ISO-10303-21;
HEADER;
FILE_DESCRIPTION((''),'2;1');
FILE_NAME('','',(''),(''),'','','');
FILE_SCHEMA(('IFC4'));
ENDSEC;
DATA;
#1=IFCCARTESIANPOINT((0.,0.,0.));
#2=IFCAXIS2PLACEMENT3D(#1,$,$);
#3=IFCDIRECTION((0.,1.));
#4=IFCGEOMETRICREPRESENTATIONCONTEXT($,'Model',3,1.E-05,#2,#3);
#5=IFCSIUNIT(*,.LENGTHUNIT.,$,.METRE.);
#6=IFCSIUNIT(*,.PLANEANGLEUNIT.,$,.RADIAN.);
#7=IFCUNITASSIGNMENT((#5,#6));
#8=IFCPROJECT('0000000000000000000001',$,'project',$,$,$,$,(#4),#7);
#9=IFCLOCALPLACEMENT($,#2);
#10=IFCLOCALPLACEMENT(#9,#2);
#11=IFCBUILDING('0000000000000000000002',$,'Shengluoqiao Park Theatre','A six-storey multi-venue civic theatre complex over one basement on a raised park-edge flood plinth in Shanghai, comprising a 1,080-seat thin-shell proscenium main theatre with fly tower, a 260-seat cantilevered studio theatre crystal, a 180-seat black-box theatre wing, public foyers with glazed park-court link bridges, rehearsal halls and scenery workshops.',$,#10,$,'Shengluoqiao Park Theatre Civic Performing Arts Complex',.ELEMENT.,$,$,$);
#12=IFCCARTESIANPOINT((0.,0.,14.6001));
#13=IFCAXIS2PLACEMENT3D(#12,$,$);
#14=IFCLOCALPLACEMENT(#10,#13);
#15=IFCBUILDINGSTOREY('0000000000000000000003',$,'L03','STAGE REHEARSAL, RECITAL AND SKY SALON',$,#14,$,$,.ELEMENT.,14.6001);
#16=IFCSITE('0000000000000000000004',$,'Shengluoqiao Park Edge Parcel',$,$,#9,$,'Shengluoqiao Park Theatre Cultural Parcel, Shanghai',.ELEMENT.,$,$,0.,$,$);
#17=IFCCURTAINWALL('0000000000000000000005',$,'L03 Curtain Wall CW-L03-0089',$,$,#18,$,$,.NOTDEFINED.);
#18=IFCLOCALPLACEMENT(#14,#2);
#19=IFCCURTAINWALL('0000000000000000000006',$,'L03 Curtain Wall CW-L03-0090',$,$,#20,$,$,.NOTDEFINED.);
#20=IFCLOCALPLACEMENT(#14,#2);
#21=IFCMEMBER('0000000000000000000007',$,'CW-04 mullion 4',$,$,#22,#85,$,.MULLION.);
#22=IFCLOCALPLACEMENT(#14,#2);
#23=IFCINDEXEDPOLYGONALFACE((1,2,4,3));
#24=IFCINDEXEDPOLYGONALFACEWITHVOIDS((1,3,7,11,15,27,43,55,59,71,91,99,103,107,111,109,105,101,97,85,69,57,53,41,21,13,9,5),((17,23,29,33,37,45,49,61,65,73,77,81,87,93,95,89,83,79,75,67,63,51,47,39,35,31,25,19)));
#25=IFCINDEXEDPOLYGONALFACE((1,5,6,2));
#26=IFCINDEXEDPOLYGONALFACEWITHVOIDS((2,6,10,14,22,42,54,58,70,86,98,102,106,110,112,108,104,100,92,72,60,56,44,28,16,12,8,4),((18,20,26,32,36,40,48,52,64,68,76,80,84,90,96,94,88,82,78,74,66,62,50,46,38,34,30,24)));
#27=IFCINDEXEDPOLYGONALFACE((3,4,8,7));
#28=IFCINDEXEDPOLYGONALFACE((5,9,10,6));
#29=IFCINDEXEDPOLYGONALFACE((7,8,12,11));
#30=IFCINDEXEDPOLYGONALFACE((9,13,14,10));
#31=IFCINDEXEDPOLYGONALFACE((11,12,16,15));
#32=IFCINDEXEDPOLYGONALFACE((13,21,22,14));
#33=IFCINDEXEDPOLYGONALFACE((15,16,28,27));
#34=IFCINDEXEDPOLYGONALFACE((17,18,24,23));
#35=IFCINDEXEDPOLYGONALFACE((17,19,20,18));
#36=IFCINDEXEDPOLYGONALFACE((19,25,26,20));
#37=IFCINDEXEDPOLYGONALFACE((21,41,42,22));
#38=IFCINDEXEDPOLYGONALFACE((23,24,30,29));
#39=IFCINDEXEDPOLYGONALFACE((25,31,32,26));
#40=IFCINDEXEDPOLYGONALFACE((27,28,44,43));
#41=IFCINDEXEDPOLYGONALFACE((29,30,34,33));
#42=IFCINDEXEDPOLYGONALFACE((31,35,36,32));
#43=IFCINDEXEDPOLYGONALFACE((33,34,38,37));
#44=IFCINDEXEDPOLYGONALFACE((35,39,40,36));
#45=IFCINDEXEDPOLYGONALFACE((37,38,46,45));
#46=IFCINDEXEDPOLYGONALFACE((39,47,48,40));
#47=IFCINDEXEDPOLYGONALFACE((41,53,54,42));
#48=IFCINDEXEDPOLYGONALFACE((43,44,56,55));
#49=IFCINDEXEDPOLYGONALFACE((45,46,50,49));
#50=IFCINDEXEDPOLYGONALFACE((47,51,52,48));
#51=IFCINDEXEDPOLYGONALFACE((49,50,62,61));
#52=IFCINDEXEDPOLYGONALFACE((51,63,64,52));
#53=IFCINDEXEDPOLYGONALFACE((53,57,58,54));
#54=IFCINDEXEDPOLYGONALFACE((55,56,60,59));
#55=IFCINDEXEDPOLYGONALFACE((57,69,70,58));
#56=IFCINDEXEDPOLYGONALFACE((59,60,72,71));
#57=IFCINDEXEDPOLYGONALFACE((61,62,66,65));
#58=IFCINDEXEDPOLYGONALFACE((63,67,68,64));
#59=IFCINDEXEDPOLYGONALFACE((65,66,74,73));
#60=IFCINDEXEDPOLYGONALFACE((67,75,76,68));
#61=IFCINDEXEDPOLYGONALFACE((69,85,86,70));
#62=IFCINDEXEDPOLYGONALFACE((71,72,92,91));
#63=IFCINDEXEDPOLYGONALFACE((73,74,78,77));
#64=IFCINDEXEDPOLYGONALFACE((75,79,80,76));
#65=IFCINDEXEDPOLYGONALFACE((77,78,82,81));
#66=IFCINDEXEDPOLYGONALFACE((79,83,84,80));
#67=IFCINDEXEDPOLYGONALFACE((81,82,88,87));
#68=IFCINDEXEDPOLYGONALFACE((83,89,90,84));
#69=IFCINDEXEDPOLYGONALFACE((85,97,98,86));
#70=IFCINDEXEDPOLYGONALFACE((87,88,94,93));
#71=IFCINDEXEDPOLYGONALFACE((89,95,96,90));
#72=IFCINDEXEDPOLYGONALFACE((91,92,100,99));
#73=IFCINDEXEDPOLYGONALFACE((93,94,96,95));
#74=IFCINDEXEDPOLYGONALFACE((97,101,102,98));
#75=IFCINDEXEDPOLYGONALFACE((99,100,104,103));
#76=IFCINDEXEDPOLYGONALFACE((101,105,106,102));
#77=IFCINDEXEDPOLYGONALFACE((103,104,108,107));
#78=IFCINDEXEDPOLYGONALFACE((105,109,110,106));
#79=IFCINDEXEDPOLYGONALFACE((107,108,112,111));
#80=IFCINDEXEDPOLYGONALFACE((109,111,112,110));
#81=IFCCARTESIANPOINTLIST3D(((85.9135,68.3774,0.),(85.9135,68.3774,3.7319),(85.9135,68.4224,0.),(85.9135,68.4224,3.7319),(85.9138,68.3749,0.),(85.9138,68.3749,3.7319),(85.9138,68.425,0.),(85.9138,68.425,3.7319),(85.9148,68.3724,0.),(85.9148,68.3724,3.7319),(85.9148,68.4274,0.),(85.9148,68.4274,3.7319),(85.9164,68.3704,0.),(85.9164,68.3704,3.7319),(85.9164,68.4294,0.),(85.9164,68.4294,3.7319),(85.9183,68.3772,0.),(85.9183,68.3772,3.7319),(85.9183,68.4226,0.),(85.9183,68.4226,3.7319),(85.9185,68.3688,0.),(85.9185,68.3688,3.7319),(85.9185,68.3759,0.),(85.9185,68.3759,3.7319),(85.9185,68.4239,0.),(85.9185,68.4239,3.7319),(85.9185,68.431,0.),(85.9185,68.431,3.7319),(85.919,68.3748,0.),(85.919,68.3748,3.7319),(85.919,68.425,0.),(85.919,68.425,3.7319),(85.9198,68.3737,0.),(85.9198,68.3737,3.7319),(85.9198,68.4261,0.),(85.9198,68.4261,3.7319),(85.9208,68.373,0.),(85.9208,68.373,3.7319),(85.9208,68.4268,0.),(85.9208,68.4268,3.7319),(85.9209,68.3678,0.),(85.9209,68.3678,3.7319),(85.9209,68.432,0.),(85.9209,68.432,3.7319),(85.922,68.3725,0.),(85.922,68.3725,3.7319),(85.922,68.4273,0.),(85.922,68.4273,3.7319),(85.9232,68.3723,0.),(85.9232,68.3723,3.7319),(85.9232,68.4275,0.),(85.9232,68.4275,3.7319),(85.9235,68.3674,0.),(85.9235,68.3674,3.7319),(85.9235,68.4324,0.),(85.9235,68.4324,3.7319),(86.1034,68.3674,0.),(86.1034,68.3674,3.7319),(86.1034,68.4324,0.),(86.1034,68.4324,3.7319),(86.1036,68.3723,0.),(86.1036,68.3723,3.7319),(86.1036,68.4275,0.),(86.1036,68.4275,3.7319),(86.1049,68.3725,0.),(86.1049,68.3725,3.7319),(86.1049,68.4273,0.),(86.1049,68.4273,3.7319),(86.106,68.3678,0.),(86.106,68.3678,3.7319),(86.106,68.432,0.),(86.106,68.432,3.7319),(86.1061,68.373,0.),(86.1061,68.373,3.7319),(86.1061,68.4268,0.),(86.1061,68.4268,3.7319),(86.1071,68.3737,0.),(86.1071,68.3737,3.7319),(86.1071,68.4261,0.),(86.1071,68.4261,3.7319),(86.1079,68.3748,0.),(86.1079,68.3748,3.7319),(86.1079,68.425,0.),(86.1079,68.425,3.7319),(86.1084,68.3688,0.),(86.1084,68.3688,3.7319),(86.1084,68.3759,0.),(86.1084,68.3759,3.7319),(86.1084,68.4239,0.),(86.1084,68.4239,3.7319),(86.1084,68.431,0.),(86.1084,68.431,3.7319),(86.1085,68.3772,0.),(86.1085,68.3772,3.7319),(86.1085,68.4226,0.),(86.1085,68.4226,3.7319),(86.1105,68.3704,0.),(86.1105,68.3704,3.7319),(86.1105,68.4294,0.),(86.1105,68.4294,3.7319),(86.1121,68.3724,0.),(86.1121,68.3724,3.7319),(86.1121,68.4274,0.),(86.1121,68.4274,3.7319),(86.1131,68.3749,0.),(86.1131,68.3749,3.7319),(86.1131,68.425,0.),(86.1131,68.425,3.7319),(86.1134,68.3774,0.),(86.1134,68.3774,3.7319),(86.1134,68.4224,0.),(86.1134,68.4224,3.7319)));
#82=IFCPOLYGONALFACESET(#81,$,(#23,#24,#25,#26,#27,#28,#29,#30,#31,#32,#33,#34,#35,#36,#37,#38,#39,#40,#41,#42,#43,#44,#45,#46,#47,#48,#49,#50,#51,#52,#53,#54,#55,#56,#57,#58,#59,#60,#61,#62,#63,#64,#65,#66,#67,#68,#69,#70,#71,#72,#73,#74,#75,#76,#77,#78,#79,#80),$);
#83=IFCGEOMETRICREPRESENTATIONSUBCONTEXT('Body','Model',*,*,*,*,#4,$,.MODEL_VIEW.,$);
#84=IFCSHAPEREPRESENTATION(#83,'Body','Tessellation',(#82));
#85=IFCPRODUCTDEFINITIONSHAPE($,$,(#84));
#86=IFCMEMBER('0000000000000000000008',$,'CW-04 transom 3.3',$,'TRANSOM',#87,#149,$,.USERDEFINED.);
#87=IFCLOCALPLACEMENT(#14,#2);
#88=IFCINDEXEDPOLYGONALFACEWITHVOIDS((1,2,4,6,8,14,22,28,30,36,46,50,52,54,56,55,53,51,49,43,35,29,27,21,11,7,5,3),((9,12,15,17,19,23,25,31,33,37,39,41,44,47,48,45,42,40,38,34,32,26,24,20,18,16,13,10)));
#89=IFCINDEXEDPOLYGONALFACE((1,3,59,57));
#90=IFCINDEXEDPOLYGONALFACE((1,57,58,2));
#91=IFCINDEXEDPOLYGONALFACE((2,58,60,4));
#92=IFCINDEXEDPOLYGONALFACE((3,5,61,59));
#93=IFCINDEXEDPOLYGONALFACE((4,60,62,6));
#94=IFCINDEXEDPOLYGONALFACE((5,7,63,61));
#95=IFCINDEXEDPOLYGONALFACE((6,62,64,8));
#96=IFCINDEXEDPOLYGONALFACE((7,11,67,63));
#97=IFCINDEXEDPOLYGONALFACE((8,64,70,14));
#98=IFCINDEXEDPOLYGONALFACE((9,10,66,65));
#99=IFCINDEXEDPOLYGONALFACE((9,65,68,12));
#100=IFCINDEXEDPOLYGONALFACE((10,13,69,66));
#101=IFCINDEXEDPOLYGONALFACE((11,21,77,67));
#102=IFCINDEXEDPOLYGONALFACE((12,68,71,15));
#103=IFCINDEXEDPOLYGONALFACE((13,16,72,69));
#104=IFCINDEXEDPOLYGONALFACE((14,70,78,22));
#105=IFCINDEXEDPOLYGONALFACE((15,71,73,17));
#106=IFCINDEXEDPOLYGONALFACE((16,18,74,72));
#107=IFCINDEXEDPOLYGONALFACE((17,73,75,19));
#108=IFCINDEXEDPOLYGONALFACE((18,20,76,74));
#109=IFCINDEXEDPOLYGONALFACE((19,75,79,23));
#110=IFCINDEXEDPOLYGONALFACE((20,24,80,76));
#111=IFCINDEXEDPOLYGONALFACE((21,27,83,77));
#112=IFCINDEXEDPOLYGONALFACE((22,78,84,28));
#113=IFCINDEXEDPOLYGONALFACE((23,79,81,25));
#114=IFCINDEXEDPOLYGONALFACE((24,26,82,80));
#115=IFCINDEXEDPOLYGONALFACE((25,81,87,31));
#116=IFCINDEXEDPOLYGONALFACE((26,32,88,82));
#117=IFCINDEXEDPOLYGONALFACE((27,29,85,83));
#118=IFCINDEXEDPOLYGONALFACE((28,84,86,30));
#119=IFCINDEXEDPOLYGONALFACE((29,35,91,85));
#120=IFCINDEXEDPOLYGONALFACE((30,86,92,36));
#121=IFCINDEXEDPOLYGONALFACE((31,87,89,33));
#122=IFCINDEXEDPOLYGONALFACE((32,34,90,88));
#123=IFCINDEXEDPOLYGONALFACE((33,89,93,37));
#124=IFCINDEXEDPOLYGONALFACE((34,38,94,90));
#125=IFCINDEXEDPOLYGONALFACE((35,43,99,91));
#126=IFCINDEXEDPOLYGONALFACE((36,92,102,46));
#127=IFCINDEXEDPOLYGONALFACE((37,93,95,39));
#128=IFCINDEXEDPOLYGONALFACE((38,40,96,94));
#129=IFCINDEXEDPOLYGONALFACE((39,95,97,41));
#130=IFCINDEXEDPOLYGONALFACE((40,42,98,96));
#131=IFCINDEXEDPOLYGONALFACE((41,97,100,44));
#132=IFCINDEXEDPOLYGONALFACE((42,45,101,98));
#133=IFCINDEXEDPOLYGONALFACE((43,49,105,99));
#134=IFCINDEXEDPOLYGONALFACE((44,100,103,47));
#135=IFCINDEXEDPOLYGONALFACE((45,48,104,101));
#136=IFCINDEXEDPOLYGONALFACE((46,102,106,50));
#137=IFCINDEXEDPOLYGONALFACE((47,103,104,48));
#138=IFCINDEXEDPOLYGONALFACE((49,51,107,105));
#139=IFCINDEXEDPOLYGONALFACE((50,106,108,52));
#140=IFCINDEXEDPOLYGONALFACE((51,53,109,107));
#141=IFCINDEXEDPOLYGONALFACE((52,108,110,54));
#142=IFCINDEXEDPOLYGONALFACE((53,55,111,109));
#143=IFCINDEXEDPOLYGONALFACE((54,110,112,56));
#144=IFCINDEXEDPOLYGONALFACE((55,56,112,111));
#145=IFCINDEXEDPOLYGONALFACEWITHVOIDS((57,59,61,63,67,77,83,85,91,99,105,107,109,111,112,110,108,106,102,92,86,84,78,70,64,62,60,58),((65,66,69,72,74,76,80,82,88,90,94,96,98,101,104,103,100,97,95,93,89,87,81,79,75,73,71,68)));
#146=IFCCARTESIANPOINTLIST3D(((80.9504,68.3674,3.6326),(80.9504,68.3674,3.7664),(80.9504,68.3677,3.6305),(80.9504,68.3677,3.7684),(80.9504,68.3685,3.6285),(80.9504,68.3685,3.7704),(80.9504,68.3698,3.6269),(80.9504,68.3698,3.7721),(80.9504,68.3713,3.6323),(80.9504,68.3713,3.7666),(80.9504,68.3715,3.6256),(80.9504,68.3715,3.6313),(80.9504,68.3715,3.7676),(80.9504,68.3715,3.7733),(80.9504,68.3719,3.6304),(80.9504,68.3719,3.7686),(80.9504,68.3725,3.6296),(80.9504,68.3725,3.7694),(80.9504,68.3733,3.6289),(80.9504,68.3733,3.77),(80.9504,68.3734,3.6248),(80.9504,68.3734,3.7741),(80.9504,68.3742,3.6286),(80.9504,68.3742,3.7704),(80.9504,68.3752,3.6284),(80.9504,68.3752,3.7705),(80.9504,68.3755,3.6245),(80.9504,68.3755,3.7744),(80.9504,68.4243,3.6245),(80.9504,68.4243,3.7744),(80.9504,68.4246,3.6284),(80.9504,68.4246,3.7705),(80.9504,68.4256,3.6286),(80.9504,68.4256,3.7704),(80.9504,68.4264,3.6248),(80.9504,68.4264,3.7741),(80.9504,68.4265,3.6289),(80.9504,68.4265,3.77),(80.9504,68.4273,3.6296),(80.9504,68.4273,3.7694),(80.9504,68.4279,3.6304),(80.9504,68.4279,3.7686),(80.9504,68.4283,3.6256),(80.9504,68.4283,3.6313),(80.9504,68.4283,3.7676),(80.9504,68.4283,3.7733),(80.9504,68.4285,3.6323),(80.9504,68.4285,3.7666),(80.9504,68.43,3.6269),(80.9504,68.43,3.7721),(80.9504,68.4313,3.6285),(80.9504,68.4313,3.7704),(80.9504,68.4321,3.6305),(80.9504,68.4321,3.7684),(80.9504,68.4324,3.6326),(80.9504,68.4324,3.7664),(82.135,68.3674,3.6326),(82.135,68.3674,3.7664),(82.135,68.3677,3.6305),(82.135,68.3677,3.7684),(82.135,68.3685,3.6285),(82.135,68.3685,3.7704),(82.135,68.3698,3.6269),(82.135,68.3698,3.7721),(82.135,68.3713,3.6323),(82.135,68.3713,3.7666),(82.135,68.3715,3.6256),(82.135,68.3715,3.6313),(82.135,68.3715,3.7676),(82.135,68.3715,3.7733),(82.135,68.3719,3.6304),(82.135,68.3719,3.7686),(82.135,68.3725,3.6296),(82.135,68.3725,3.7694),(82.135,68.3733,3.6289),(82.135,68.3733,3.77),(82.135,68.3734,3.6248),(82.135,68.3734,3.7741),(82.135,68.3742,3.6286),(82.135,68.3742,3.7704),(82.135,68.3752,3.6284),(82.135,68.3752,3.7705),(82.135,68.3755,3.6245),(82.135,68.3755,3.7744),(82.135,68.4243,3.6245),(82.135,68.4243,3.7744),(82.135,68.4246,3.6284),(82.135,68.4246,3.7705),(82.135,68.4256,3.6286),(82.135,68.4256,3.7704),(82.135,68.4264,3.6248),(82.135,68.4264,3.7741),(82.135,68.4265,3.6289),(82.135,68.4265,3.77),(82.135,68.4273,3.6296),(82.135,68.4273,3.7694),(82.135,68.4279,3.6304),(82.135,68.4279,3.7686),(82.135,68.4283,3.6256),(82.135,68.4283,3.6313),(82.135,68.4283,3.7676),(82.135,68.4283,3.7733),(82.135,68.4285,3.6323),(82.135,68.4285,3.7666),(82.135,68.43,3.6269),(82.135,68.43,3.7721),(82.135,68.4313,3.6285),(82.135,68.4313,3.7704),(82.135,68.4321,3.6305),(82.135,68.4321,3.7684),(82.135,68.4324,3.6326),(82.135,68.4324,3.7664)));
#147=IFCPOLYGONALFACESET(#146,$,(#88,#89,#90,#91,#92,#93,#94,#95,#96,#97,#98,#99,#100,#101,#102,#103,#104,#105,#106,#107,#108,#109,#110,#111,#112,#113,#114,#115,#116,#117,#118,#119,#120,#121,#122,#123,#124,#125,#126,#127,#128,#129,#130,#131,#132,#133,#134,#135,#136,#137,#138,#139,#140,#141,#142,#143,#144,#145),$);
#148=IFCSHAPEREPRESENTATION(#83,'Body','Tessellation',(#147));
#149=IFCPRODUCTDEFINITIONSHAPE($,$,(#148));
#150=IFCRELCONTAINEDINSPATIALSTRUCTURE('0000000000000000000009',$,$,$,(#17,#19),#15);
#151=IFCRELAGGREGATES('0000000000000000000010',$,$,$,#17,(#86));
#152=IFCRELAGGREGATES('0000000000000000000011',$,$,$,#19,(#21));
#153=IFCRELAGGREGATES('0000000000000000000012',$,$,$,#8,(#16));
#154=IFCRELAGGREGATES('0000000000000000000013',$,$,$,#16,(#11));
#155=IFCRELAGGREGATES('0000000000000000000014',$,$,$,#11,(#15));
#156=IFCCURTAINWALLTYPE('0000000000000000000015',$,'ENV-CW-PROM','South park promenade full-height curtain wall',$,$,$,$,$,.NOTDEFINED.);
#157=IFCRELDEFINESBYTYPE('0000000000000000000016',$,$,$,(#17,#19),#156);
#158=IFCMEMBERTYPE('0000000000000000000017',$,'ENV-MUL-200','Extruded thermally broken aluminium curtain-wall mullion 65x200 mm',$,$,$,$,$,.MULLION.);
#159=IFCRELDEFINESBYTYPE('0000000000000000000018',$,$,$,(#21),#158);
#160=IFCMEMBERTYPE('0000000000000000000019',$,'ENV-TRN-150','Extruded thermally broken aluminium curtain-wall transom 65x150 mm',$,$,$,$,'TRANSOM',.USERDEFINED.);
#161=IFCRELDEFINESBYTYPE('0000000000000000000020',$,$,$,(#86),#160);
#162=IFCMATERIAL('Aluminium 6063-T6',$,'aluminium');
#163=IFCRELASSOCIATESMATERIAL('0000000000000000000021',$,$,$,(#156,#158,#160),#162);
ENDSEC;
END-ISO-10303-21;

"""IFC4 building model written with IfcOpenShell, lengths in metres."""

from ifc_helpers import new_model, si_unit, direction, frame, origin, origin_2d, place, context, subcontext, project, spatial, hollow_rectangle, extrude, material, material_profile, profile_set, type_object, element, aggregate, save


model = new_model("IFC4")

# Units and contexts
model_context = context("Model", 3, precision=1e-05, world=origin(), true_north=direction((0.0, 1.0)))
body_context = subcontext(model_context, "Body", "Model", "MODEL_VIEW")
ifc_project = project(units=[si_unit("LENGTHUNIT", "METRE"), si_unit("PLANEANGLEUNIT", "RADIAN")], contexts=[model_context])

# Site, building, storey
site_placement = place(None, origin())
site = spatial("IfcSite", under=ifc_project, at=site_placement, Name="Shengluoqiao Park Edge Parcel", LongName="Shengluoqiao Park Theatre Cultural Parcel, Shanghai", CompositionType="ELEMENT", RefElevation=0.0)
building_placement = place(site_placement, origin())
building = spatial("IfcBuilding", under=site, at=building_placement, Name="Shengluoqiao Park Theatre", Description="A six-storey multi-venue civic theatre complex over one basement on a raised park-edge flood plinth in Shanghai, comprising a 1,080-seat thin-shell proscenium main theatre with fly tower, a 260-seat cantilevered studio theatre crystal, a 180-seat black-box theatre wing, public foyers with glazed park-court link bridges, rehearsal halls and scenery workshops.", LongName="Shengluoqiao Park Theatre Civic Performing Arts Complex", CompositionType="ELEMENT")
storey_placement = place(building_placement, frame((0.0, 0.0, 14.6001)))
storey = spatial("IfcBuildingStorey", under=building, at=storey_placement, Name="L03", Description="STAGE REHEARSAL, RECITAL AND SKY SALON", CompositionType="ELEMENT", Elevation=14.6001)

# Curtain wall
ifc_material_1 = material(Name="Aluminium 6063-T6", Category="aluminium")
curtain_wall_type = type_object("IfcCurtainWallType", Name="ENV-CW-PROM", Description="South park promenade full-height curtain wall", PredefinedType="NOTDEFINED", material=ifc_material_1)
curtain_wall_1_placement = place(storey_placement, origin())
curtain_wall_1 = element("IfcCurtainWall", 1, at=curtain_wall_1_placement, inside=storey, type_object=curtain_wall_type, Name="L03 Curtain Wall CW-L03-0089", PredefinedType="NOTDEFINED")
ifc_material_profile_1 = material_profile(ifc_material_1, hollow_rectangle(XDim=0.0649, YDim=0.2, WallThickness=0.0049, InnerFilletRadius=0.0049, OuterFilletRadius=0.01, at=origin_2d()), Name="ALU MULLION 200x65x5")
ifc_profile_set_1 = profile_set([ifc_material_profile_1], Name="Aluminium 6063-T6")
member_type_1 = type_object("IfcMemberType", Name="ENV-MUL-200", Description="Extruded thermally broken aluminium curtain-wall mullion 65x200 mm", PredefinedType="MULLION", material=ifc_profile_set_1)

# Curtain wall, member
curtain_wall_2_placement = place(storey_placement, origin())
curtain_wall_2 = element("IfcCurtainWall", 2, at=curtain_wall_2_placement, inside=storey, type_object=curtain_wall_type, Name="L03 Curtain Wall CW-L03-0090", PredefinedType="NOTDEFINED")
member_1_placement = place(storey_placement, frame((86.0134, 68.3999, 0.0), z_axis=(0.0, 0.0, 1.0), x_axis=(0.0, 1.0, 0.0)))
member_1 = element("IfcMember", 3, at=member_1_placement, type_object=member_type_1, Name="CW-04 mullion 4", PredefinedType="MULLION", context=body_context, shape_type="SweptSolid", body=[
    extrude(hollow_rectangle(XDim=0.0649, YDim=0.2, WallThickness=0.0049, InnerFilletRadius=0.0049, OuterFilletRadius=0.01, at=origin_2d()), origin(), (0.0, 0.0, 1.0), 3.7319),
])

# Member
ifc_material_profile_2 = material_profile(ifc_material_1, hollow_rectangle(XDim=0.0649, YDim=0.1499, WallThickness=0.0039, InnerFilletRadius=0.0039, OuterFilletRadius=0.0081, at=origin_2d()), Name="ALU TRANSOM 150x65x4")
ifc_profile_set_2 = profile_set([ifc_material_profile_2], Name="Aluminium 6063-T6")
member_type_2 = type_object("IfcMemberType", Name="ENV-TRN-150", Description="Extruded thermally broken aluminium curtain-wall transom 65x150 mm", ElementType="TRANSOM", PredefinedType="USERDEFINED", material=ifc_profile_set_2)
member_2_placement = place(storey_placement, frame((80.9504, 68.3999, 3.6995), z_axis=(1.0, 0.0, 0.0), x_axis=(0.0, 1.0, 0.0)))
member_2 = element("IfcMember", 4, at=member_2_placement, type_object=member_type_2, Name="CW-04 transom 3.3", ObjectType="TRANSOM", PredefinedType="USERDEFINED", context=body_context, shape_type="SweptSolid", body=[
    extrude(hollow_rectangle(XDim=0.0649, YDim=0.1499, WallThickness=0.0039, InnerFilletRadius=0.0039, OuterFilletRadius=0.0081, at=origin_2d()), origin(), (0.0, 0.0, 1.0), 1.1846),
])

aggregate(curtain_wall_1, [member_2])
aggregate(curtain_wall_2, [member_1])

save(model, "model.ifc")
